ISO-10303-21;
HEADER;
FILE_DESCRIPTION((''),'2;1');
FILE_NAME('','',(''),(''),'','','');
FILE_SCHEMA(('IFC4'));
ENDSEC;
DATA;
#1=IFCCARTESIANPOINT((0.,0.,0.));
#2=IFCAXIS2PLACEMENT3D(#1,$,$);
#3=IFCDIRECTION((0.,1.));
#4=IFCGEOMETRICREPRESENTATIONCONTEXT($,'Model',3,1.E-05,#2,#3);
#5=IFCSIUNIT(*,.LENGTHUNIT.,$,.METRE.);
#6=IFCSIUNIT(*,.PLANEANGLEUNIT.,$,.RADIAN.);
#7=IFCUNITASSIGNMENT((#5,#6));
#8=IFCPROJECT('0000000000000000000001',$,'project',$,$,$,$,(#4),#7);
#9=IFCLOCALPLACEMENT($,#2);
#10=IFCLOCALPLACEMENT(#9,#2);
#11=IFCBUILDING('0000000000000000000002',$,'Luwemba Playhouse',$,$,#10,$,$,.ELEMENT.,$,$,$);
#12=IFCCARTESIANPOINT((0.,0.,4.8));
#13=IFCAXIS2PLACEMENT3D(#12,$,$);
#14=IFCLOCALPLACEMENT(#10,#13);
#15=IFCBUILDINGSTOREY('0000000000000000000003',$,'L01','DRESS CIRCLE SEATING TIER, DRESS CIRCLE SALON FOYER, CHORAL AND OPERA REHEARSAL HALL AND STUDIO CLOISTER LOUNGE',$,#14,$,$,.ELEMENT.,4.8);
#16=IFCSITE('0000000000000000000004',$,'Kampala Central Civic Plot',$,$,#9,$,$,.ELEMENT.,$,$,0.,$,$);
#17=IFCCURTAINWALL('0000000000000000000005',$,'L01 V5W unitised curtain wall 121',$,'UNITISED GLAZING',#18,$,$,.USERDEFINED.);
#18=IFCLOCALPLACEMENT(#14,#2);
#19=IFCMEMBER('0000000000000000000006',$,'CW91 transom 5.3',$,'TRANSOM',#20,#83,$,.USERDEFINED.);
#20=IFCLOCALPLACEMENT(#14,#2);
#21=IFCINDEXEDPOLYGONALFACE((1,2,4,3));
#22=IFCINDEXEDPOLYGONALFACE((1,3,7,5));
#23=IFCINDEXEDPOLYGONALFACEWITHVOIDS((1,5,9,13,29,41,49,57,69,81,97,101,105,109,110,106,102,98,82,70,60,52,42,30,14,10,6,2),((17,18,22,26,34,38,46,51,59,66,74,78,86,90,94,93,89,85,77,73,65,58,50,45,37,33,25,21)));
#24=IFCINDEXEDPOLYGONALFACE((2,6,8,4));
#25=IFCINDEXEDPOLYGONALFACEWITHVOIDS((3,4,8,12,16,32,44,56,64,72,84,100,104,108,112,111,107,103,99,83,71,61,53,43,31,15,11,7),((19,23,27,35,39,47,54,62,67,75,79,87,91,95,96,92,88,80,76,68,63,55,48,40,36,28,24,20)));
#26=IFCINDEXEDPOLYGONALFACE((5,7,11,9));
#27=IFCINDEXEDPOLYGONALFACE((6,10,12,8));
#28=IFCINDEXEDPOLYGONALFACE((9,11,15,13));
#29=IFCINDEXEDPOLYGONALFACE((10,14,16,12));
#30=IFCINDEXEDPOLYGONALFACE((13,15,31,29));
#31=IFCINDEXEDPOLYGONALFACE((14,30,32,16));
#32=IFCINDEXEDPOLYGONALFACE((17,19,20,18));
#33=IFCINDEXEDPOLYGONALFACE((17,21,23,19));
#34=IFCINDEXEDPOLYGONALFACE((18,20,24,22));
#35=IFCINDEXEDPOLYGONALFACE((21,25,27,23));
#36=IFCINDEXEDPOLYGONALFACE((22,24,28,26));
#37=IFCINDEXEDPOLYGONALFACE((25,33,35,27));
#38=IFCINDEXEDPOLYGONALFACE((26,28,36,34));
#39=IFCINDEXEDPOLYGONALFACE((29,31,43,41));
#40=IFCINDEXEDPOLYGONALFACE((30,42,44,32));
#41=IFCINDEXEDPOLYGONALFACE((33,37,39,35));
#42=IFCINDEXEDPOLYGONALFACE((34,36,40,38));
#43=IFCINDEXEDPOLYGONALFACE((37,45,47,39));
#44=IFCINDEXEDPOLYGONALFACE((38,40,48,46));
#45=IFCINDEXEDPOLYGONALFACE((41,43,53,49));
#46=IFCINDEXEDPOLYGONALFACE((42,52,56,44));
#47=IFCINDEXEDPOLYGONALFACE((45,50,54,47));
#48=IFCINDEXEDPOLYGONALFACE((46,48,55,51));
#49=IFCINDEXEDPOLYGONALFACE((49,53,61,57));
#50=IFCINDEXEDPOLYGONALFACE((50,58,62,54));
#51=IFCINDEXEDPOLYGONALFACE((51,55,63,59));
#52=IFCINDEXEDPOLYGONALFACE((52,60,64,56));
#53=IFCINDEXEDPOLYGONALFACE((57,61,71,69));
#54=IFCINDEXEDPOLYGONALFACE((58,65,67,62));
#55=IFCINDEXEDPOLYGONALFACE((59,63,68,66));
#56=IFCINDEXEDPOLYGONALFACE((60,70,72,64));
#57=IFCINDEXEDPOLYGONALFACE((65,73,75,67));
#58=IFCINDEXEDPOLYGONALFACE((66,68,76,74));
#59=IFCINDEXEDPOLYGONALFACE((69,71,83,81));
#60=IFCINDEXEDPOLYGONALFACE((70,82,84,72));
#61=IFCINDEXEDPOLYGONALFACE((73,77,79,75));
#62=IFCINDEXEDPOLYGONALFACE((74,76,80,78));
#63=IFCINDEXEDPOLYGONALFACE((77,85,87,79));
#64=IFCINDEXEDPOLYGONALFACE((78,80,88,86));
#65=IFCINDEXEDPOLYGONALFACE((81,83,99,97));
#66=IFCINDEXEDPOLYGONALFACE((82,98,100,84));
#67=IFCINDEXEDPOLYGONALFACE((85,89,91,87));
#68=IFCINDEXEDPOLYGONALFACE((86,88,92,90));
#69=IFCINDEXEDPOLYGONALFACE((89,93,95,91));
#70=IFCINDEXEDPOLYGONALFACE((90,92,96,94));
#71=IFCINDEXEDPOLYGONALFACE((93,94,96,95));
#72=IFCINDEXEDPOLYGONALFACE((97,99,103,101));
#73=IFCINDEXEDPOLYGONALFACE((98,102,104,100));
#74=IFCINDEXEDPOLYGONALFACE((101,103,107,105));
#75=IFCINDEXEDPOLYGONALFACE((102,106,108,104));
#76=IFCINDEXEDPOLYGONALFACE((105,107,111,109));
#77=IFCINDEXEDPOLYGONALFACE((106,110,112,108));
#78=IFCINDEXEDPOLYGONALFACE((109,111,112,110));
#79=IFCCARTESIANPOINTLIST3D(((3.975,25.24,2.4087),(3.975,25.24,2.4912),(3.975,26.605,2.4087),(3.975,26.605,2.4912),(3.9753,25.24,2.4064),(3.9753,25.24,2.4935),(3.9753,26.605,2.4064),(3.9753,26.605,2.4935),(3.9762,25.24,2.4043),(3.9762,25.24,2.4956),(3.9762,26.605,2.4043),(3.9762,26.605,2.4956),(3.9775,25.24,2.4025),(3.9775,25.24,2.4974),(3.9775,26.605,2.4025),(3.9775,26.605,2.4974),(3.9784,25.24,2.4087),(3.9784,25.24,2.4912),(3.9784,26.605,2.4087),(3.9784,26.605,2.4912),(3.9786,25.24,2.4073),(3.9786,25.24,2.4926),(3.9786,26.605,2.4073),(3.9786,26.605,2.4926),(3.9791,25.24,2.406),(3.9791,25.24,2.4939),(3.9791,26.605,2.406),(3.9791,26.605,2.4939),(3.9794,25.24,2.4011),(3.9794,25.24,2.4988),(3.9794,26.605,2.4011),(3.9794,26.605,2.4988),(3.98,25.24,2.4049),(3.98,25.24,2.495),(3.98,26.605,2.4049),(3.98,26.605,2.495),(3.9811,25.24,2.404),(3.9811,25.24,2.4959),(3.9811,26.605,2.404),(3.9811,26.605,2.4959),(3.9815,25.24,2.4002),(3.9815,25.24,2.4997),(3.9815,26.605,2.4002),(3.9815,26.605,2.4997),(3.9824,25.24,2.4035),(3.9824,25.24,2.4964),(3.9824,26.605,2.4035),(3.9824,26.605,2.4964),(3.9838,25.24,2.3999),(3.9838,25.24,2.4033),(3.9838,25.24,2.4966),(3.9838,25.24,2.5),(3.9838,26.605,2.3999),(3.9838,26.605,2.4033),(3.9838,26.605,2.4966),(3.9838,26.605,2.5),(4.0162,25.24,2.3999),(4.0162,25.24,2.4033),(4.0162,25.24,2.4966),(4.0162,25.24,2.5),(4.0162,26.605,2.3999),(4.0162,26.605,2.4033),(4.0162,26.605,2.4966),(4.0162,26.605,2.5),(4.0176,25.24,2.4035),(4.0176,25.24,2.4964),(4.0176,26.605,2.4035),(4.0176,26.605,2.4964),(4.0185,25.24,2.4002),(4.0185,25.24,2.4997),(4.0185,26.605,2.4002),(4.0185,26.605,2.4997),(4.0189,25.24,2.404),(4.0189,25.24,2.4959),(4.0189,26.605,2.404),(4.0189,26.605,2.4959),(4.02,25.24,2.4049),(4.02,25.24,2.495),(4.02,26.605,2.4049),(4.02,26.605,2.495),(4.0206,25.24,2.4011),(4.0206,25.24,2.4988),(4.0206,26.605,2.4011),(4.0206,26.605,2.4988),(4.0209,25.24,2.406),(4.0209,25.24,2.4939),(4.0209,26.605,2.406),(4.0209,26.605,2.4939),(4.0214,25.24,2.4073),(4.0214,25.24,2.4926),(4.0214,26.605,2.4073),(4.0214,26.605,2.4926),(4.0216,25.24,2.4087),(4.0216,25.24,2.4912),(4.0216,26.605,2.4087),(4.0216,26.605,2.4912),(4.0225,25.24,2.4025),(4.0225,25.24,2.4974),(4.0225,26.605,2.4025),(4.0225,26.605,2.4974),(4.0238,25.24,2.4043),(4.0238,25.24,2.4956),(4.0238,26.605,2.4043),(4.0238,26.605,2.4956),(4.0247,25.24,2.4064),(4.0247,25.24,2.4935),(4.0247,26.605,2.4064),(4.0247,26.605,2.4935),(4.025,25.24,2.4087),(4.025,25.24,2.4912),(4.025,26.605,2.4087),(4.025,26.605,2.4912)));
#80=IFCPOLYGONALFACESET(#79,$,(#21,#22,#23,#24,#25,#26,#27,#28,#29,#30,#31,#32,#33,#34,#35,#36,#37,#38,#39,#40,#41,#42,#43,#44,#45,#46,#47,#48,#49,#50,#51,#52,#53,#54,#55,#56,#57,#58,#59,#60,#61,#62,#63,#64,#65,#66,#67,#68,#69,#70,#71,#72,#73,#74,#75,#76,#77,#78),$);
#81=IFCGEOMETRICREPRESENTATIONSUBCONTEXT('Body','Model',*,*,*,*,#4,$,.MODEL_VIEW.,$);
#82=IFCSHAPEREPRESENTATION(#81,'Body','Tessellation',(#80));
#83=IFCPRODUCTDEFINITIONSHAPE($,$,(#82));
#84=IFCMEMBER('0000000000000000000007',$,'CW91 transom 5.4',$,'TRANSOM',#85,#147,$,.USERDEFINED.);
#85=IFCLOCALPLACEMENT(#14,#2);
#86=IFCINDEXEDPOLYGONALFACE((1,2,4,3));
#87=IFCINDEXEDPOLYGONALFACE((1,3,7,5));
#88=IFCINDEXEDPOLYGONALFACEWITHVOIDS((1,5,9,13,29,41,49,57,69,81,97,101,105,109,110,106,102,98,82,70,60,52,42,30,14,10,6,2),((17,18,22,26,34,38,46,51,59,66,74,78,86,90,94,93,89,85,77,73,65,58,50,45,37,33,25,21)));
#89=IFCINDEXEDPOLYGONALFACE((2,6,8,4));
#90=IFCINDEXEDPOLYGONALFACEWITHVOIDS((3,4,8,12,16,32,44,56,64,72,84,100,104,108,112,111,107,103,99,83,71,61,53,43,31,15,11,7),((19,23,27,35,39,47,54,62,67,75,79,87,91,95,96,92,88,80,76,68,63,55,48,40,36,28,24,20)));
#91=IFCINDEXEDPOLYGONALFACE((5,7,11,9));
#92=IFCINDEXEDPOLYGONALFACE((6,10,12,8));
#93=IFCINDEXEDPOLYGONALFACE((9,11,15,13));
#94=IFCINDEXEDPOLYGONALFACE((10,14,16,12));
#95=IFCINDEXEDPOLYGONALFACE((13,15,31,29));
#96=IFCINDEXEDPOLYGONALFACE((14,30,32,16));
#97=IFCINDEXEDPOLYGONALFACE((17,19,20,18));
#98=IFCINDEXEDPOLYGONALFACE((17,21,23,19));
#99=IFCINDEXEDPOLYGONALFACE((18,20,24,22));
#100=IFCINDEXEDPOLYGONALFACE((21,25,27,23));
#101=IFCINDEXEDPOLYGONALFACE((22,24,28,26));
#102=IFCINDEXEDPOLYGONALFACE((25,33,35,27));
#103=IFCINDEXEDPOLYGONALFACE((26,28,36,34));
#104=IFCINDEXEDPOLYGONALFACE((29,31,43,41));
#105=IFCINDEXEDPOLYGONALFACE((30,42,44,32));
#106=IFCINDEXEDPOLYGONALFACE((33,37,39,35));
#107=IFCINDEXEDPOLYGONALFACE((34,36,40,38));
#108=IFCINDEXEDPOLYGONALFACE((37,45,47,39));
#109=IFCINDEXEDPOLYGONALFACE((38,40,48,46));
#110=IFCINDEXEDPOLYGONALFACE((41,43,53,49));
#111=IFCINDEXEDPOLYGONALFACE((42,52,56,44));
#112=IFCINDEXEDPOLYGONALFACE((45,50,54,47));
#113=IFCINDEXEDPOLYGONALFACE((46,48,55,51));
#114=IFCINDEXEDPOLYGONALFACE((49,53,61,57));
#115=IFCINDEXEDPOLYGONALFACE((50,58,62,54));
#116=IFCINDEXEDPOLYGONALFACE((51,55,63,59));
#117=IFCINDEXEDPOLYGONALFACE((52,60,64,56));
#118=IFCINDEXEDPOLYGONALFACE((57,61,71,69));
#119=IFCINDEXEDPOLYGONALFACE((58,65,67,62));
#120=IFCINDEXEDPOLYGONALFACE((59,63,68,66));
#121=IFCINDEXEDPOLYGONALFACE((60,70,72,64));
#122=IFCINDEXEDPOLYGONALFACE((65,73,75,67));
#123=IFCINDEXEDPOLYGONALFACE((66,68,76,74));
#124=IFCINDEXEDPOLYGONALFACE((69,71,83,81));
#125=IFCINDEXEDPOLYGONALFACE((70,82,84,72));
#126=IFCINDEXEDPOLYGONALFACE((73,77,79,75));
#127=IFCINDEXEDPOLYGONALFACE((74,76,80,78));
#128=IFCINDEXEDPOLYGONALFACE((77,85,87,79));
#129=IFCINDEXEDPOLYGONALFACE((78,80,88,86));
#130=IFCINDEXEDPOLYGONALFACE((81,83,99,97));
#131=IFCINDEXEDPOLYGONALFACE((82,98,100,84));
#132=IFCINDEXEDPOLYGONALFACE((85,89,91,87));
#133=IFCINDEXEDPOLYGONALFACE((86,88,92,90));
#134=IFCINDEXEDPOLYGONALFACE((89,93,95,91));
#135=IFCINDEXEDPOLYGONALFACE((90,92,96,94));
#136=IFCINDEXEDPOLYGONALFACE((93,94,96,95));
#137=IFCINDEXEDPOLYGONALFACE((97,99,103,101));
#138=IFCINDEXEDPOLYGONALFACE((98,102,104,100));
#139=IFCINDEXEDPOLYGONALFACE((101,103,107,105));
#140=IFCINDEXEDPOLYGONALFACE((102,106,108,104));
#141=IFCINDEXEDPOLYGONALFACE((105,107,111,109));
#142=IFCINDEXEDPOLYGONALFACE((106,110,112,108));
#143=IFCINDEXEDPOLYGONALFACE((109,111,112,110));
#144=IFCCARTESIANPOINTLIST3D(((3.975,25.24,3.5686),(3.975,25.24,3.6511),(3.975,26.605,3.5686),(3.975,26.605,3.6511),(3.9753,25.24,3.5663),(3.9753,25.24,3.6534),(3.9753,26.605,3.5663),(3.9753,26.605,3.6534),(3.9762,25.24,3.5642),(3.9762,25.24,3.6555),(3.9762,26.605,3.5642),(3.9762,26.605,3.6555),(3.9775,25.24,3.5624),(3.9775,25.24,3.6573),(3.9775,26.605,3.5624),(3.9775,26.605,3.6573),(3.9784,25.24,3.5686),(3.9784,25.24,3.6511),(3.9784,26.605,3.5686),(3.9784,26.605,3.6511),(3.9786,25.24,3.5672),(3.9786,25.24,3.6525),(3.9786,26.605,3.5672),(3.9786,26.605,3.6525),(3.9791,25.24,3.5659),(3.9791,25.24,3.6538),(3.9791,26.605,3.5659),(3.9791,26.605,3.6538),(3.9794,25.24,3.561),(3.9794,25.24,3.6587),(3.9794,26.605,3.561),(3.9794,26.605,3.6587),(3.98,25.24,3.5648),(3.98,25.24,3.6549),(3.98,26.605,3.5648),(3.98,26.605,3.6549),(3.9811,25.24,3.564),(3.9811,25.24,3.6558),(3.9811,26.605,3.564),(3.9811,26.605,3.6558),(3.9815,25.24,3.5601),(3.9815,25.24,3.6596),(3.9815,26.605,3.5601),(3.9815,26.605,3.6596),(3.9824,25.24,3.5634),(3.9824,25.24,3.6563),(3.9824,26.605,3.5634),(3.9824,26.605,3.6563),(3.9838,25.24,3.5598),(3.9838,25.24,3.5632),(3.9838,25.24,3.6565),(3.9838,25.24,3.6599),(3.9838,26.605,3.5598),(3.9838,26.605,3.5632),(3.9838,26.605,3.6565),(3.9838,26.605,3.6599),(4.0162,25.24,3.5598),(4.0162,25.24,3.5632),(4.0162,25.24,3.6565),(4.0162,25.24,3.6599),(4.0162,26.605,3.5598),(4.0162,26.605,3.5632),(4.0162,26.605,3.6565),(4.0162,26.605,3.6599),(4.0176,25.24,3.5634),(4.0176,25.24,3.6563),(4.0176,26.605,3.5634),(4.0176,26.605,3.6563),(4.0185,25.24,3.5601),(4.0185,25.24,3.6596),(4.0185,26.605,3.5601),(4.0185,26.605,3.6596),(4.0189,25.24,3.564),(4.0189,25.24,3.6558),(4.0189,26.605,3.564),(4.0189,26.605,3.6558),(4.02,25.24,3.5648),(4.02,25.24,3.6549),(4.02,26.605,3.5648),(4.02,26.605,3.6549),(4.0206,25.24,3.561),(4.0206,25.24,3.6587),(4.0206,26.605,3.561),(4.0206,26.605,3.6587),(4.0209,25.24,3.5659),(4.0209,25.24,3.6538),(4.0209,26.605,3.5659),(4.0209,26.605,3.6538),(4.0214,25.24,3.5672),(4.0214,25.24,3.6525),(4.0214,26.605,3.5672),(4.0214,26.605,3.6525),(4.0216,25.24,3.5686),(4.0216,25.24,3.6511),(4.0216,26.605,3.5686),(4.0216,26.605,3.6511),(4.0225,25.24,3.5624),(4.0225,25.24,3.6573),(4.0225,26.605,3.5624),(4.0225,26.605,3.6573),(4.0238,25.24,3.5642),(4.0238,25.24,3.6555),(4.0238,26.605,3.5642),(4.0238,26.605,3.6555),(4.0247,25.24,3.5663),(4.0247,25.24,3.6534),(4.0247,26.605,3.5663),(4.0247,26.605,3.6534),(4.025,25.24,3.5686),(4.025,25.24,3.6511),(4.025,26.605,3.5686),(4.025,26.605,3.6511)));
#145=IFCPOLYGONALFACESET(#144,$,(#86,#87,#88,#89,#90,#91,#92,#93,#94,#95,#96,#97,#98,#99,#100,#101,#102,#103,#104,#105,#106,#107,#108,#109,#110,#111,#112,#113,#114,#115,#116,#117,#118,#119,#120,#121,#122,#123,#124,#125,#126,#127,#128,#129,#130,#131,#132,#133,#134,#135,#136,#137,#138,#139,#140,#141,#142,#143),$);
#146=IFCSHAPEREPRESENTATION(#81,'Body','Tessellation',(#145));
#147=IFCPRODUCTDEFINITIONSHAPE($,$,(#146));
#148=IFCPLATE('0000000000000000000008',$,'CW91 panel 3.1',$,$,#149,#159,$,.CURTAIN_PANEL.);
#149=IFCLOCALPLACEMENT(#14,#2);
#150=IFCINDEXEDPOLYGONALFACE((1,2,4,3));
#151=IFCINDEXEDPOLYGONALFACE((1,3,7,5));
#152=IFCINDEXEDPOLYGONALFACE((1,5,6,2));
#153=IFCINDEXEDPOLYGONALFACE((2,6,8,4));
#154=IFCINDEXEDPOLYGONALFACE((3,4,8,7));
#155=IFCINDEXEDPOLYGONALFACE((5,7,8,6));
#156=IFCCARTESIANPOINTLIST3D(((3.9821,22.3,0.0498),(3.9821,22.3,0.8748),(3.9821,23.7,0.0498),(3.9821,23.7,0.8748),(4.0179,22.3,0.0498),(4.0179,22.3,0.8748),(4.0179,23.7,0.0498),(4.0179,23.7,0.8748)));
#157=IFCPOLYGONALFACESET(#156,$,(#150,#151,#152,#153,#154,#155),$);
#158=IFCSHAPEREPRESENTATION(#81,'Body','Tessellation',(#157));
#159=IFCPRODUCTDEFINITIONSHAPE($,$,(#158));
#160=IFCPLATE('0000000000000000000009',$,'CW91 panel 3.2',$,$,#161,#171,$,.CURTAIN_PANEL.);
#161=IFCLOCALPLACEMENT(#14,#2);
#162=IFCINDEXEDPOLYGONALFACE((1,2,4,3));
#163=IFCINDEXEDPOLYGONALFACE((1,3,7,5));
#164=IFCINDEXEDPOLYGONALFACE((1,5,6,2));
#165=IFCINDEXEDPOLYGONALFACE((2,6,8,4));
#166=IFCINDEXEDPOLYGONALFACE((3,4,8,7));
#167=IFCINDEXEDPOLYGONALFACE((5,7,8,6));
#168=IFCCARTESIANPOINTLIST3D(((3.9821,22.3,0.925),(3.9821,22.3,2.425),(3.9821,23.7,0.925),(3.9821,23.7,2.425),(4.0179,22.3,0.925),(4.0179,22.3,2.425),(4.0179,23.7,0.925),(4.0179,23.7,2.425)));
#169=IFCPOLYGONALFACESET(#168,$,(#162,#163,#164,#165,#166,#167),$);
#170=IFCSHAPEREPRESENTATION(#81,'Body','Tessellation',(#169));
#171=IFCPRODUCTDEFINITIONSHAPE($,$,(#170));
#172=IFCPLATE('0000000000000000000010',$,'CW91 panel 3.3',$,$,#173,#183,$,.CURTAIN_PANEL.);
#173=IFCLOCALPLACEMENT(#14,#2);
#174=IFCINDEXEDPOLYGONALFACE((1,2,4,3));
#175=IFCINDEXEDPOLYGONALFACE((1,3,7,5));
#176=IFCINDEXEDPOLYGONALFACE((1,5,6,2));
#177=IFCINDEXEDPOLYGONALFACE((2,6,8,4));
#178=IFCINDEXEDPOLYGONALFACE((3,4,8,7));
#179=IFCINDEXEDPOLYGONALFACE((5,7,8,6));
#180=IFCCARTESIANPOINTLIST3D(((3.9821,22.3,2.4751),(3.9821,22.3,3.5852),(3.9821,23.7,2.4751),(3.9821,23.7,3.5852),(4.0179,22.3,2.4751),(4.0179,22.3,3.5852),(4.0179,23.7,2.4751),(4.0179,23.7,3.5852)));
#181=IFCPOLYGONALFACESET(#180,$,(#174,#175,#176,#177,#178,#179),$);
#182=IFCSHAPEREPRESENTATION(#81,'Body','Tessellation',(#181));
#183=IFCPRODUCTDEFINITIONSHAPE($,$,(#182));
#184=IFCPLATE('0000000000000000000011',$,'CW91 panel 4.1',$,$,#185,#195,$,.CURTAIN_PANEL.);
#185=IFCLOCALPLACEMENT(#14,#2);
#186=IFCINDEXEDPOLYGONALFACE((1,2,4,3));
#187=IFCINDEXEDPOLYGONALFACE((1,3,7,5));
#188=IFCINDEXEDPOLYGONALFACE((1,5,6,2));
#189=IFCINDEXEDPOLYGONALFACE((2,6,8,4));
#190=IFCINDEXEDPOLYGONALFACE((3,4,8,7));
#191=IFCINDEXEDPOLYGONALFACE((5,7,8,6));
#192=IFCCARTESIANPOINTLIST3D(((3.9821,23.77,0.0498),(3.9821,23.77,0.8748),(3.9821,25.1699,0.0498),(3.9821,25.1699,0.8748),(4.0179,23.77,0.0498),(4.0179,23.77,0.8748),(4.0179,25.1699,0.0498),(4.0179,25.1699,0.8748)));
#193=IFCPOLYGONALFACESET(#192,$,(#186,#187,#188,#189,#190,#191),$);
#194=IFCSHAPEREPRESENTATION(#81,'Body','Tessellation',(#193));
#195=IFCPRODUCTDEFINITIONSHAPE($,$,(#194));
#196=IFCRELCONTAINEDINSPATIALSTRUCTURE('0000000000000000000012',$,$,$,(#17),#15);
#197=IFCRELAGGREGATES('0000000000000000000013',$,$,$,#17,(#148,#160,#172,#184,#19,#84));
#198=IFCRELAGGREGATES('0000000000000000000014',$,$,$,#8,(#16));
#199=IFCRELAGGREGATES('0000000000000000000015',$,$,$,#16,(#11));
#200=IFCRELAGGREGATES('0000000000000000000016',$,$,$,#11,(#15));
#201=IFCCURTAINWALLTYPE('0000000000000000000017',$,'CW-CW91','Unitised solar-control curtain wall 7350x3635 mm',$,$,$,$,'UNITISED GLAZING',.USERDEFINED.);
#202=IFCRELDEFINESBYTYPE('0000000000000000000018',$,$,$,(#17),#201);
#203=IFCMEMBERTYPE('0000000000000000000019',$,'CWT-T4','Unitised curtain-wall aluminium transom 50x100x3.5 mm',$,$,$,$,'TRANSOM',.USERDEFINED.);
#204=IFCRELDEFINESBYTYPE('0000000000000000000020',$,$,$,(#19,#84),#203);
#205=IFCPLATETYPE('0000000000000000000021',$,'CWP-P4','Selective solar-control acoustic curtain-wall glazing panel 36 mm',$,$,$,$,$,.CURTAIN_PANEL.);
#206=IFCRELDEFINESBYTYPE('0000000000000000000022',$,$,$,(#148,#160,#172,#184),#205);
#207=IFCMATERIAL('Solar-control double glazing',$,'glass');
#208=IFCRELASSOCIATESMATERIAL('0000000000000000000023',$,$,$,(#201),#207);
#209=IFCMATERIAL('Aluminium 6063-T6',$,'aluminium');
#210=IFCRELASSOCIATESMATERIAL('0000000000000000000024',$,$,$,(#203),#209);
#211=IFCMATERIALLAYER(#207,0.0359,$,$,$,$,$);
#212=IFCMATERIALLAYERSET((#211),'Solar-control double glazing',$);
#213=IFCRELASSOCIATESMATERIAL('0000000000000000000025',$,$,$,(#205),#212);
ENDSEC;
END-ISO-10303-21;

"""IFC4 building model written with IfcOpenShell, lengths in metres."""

from ifc_helpers import new_model, si_unit, direction, frame, origin, origin_2d, place, context, subcontext, project, spatial, rectangle, hollow_rectangle, extrude, material, layer, layer_set, material_profile, profile_set, type_object, element, aggregate, save


model = new_model("IFC4")

# Units and contexts
model_context = context("Model", 3, precision=1e-05, world=origin(), true_north=direction((0.0, 1.0)))
body_context = subcontext(model_context, "Body", "Model", "MODEL_VIEW")
ifc_project = project(units=[si_unit("LENGTHUNIT", "METRE"), si_unit("PLANEANGLEUNIT", "RADIAN")], contexts=[model_context])

# Site, building, storey
site_placement = place(None, origin())
site = spatial("IfcSite", under=ifc_project, at=site_placement, Name="Kampala Central Civic Plot", CompositionType="ELEMENT", RefElevation=0.0)
building_placement = place(site_placement, origin())
building = spatial("IfcBuilding", under=site, at=building_placement, Name="Luwemba Playhouse", CompositionType="ELEMENT")
storey_placement = place(building_placement, frame((0.0, 0.0, 4.8)))
storey = spatial("IfcBuildingStorey", under=building, at=storey_placement, Name="L01", Description="DRESS CIRCLE SEATING TIER, DRESS CIRCLE SALON FOYER, CHORAL AND OPERA REHEARSAL HALL AND STUDIO CLOISTER LOUNGE", CompositionType="ELEMENT", Elevation=4.8)

# Shared definitions
ifc_material_1 = material(Name="Solar-control double glazing", Category="glass")
ifc_material_2 = material(Name="Aluminium 6063-T6", Category="aluminium")

# Curtain wall
curtain_wall_type_1 = type_object("IfcCurtainWallType", Name="CW-CW91", Description="Unitised solar-control curtain wall 7350x3635 mm", ElementType="UNITISED GLAZING", PredefinedType="USERDEFINED", material=ifc_material_1)
curtain_wall_1_placement = place(storey_placement, origin())
curtain_wall_1 = element("IfcCurtainWall", 1, at=curtain_wall_1_placement, inside=storey, type_object=curtain_wall_type_1, Name="L01 V5W unitised curtain wall 121", ObjectType="UNITISED GLAZING", PredefinedType="USERDEFINED")

# Members
ifc_material_profile_1 = material_profile(ifc_material_2, hollow_rectangle(XDim=0.05, YDim=0.1001, WallThickness=0.0034, InnerFilletRadius=0.0054, OuterFilletRadius=0.0088, at=origin_2d()))
ifc_profile_set_1 = profile_set([ifc_material_profile_1], Name="Aluminium 6063-T6")
member_type_1 = type_object("IfcMemberType", Name="CWT-T4", Description="Unitised curtain-wall aluminium transom 50x100x3.5 mm", ElementType="TRANSOM", PredefinedType="USERDEFINED", material=ifc_profile_set_1)
member_1_placement = place(storey_placement, frame((4.0, 25.24, 2.45), z_axis=(0.0, 1.0, 0.0), x_axis=(-1.0, 0.0, 0.0)))
member_1 = element("IfcMember", 2, at=member_1_placement, type_object=member_type_1, Name="CW91 transom 5.3", ObjectType="TRANSOM", PredefinedType="USERDEFINED", context=body_context, shape_type="SweptSolid", body=[
    extrude(hollow_rectangle(XDim=0.05, YDim=0.1001, WallThickness=0.0034, InnerFilletRadius=0.0054, OuterFilletRadius=0.0088, at=origin_2d()), origin(), (0.0, 0.0, 1.0), 1.365),
])
member_2_placement = place(storey_placement, frame((4.0, 25.24, 3.6099), z_axis=(0.0, 1.0, 0.0), x_axis=(-1.0, 0.0, 0.0)))
member_2 = element("IfcMember", 3, at=member_2_placement, type_object=member_type_1, Name="CW91 transom 5.4", ObjectType="TRANSOM", PredefinedType="USERDEFINED", context=body_context, shape_type="SweptSolid", body=[
    extrude(hollow_rectangle(XDim=0.05, YDim=0.1001, WallThickness=0.0034, InnerFilletRadius=0.0054, OuterFilletRadius=0.0088, at=origin_2d()), origin(), (0.0, 0.0, 1.0), 1.365),
])

# Plates
ifc_layer = layer(ifc_material_1, 0.0359)
ifc_layer_set = layer_set([ifc_layer], Name="Solar-control double glazing")
plate_type = type_object("IfcPlateType", Name="CWP-P4", Description="Selective solar-control acoustic curtain-wall glazing panel 36 mm", PredefinedType="CURTAIN_PANEL", material=ifc_layer_set)
plate_1_placement = place(storey_placement, frame((4.0, 23.0, 0.0498), z_axis=(0.0, 0.0, 1.0), x_axis=(0.0, 1.0, 0.0)))
plate_1 = element("IfcPlate", 4, at=plate_1_placement, type_object=plate_type, Name="CW91 panel 3.1", PredefinedType="CURTAIN_PANEL", context=body_context, shape_type="SweptSolid", body=[
    extrude(rectangle(XDim=1.3999, YDim=0.0359, at=origin_2d()), origin(), (0.0, 0.0, 1.0), 0.825),
])
plate_2_placement = place(storey_placement, frame((4.0, 23.0, 0.925), z_axis=(0.0, 0.0, 1.0), x_axis=(0.0, 1.0, 0.0)))
plate_2 = element("IfcPlate", 5, at=plate_2_placement, type_object=plate_type, Name="CW91 panel 3.2", PredefinedType="CURTAIN_PANEL", context=body_context, shape_type="SweptSolid", body=[
    extrude(rectangle(XDim=1.3999, YDim=0.0359, at=origin_2d()), origin(), (0.0, 0.0, 1.0), 1.5),
])
plate_3_placement = place(storey_placement, frame((4.0, 23.0, 2.4751), z_axis=(0.0, 0.0, 1.0), x_axis=(0.0, 1.0, 0.0)))
plate_3 = element("IfcPlate", 6, at=plate_3_placement, type_object=plate_type, Name="CW91 panel 3.3", PredefinedType="CURTAIN_PANEL", context=body_context, shape_type="SweptSolid", body=[
    extrude(rectangle(XDim=1.3999, YDim=0.0359, at=origin_2d()), origin(), (0.0, 0.0, 1.0), 1.1101),
])
plate_4_placement = place(storey_placement, frame((4.0, 24.47, 0.0498), z_axis=(0.0, 0.0, 1.0), x_axis=(0.0, 1.0, 0.0)))
plate_4 = element("IfcPlate", 7, at=plate_4_placement, type_object=plate_type, Name="CW91 panel 4.1", PredefinedType="CURTAIN_PANEL", context=body_context, shape_type="SweptSolid", body=[
    extrude(rectangle(XDim=1.3999, YDim=0.0359, at=origin_2d()), origin(), (0.0, 0.0, 1.0), 0.825),
])
aggregate(curtain_wall_1, [plate_1, plate_2, plate_3, plate_4, member_1, member_2])

save(model, "model.ifc")
